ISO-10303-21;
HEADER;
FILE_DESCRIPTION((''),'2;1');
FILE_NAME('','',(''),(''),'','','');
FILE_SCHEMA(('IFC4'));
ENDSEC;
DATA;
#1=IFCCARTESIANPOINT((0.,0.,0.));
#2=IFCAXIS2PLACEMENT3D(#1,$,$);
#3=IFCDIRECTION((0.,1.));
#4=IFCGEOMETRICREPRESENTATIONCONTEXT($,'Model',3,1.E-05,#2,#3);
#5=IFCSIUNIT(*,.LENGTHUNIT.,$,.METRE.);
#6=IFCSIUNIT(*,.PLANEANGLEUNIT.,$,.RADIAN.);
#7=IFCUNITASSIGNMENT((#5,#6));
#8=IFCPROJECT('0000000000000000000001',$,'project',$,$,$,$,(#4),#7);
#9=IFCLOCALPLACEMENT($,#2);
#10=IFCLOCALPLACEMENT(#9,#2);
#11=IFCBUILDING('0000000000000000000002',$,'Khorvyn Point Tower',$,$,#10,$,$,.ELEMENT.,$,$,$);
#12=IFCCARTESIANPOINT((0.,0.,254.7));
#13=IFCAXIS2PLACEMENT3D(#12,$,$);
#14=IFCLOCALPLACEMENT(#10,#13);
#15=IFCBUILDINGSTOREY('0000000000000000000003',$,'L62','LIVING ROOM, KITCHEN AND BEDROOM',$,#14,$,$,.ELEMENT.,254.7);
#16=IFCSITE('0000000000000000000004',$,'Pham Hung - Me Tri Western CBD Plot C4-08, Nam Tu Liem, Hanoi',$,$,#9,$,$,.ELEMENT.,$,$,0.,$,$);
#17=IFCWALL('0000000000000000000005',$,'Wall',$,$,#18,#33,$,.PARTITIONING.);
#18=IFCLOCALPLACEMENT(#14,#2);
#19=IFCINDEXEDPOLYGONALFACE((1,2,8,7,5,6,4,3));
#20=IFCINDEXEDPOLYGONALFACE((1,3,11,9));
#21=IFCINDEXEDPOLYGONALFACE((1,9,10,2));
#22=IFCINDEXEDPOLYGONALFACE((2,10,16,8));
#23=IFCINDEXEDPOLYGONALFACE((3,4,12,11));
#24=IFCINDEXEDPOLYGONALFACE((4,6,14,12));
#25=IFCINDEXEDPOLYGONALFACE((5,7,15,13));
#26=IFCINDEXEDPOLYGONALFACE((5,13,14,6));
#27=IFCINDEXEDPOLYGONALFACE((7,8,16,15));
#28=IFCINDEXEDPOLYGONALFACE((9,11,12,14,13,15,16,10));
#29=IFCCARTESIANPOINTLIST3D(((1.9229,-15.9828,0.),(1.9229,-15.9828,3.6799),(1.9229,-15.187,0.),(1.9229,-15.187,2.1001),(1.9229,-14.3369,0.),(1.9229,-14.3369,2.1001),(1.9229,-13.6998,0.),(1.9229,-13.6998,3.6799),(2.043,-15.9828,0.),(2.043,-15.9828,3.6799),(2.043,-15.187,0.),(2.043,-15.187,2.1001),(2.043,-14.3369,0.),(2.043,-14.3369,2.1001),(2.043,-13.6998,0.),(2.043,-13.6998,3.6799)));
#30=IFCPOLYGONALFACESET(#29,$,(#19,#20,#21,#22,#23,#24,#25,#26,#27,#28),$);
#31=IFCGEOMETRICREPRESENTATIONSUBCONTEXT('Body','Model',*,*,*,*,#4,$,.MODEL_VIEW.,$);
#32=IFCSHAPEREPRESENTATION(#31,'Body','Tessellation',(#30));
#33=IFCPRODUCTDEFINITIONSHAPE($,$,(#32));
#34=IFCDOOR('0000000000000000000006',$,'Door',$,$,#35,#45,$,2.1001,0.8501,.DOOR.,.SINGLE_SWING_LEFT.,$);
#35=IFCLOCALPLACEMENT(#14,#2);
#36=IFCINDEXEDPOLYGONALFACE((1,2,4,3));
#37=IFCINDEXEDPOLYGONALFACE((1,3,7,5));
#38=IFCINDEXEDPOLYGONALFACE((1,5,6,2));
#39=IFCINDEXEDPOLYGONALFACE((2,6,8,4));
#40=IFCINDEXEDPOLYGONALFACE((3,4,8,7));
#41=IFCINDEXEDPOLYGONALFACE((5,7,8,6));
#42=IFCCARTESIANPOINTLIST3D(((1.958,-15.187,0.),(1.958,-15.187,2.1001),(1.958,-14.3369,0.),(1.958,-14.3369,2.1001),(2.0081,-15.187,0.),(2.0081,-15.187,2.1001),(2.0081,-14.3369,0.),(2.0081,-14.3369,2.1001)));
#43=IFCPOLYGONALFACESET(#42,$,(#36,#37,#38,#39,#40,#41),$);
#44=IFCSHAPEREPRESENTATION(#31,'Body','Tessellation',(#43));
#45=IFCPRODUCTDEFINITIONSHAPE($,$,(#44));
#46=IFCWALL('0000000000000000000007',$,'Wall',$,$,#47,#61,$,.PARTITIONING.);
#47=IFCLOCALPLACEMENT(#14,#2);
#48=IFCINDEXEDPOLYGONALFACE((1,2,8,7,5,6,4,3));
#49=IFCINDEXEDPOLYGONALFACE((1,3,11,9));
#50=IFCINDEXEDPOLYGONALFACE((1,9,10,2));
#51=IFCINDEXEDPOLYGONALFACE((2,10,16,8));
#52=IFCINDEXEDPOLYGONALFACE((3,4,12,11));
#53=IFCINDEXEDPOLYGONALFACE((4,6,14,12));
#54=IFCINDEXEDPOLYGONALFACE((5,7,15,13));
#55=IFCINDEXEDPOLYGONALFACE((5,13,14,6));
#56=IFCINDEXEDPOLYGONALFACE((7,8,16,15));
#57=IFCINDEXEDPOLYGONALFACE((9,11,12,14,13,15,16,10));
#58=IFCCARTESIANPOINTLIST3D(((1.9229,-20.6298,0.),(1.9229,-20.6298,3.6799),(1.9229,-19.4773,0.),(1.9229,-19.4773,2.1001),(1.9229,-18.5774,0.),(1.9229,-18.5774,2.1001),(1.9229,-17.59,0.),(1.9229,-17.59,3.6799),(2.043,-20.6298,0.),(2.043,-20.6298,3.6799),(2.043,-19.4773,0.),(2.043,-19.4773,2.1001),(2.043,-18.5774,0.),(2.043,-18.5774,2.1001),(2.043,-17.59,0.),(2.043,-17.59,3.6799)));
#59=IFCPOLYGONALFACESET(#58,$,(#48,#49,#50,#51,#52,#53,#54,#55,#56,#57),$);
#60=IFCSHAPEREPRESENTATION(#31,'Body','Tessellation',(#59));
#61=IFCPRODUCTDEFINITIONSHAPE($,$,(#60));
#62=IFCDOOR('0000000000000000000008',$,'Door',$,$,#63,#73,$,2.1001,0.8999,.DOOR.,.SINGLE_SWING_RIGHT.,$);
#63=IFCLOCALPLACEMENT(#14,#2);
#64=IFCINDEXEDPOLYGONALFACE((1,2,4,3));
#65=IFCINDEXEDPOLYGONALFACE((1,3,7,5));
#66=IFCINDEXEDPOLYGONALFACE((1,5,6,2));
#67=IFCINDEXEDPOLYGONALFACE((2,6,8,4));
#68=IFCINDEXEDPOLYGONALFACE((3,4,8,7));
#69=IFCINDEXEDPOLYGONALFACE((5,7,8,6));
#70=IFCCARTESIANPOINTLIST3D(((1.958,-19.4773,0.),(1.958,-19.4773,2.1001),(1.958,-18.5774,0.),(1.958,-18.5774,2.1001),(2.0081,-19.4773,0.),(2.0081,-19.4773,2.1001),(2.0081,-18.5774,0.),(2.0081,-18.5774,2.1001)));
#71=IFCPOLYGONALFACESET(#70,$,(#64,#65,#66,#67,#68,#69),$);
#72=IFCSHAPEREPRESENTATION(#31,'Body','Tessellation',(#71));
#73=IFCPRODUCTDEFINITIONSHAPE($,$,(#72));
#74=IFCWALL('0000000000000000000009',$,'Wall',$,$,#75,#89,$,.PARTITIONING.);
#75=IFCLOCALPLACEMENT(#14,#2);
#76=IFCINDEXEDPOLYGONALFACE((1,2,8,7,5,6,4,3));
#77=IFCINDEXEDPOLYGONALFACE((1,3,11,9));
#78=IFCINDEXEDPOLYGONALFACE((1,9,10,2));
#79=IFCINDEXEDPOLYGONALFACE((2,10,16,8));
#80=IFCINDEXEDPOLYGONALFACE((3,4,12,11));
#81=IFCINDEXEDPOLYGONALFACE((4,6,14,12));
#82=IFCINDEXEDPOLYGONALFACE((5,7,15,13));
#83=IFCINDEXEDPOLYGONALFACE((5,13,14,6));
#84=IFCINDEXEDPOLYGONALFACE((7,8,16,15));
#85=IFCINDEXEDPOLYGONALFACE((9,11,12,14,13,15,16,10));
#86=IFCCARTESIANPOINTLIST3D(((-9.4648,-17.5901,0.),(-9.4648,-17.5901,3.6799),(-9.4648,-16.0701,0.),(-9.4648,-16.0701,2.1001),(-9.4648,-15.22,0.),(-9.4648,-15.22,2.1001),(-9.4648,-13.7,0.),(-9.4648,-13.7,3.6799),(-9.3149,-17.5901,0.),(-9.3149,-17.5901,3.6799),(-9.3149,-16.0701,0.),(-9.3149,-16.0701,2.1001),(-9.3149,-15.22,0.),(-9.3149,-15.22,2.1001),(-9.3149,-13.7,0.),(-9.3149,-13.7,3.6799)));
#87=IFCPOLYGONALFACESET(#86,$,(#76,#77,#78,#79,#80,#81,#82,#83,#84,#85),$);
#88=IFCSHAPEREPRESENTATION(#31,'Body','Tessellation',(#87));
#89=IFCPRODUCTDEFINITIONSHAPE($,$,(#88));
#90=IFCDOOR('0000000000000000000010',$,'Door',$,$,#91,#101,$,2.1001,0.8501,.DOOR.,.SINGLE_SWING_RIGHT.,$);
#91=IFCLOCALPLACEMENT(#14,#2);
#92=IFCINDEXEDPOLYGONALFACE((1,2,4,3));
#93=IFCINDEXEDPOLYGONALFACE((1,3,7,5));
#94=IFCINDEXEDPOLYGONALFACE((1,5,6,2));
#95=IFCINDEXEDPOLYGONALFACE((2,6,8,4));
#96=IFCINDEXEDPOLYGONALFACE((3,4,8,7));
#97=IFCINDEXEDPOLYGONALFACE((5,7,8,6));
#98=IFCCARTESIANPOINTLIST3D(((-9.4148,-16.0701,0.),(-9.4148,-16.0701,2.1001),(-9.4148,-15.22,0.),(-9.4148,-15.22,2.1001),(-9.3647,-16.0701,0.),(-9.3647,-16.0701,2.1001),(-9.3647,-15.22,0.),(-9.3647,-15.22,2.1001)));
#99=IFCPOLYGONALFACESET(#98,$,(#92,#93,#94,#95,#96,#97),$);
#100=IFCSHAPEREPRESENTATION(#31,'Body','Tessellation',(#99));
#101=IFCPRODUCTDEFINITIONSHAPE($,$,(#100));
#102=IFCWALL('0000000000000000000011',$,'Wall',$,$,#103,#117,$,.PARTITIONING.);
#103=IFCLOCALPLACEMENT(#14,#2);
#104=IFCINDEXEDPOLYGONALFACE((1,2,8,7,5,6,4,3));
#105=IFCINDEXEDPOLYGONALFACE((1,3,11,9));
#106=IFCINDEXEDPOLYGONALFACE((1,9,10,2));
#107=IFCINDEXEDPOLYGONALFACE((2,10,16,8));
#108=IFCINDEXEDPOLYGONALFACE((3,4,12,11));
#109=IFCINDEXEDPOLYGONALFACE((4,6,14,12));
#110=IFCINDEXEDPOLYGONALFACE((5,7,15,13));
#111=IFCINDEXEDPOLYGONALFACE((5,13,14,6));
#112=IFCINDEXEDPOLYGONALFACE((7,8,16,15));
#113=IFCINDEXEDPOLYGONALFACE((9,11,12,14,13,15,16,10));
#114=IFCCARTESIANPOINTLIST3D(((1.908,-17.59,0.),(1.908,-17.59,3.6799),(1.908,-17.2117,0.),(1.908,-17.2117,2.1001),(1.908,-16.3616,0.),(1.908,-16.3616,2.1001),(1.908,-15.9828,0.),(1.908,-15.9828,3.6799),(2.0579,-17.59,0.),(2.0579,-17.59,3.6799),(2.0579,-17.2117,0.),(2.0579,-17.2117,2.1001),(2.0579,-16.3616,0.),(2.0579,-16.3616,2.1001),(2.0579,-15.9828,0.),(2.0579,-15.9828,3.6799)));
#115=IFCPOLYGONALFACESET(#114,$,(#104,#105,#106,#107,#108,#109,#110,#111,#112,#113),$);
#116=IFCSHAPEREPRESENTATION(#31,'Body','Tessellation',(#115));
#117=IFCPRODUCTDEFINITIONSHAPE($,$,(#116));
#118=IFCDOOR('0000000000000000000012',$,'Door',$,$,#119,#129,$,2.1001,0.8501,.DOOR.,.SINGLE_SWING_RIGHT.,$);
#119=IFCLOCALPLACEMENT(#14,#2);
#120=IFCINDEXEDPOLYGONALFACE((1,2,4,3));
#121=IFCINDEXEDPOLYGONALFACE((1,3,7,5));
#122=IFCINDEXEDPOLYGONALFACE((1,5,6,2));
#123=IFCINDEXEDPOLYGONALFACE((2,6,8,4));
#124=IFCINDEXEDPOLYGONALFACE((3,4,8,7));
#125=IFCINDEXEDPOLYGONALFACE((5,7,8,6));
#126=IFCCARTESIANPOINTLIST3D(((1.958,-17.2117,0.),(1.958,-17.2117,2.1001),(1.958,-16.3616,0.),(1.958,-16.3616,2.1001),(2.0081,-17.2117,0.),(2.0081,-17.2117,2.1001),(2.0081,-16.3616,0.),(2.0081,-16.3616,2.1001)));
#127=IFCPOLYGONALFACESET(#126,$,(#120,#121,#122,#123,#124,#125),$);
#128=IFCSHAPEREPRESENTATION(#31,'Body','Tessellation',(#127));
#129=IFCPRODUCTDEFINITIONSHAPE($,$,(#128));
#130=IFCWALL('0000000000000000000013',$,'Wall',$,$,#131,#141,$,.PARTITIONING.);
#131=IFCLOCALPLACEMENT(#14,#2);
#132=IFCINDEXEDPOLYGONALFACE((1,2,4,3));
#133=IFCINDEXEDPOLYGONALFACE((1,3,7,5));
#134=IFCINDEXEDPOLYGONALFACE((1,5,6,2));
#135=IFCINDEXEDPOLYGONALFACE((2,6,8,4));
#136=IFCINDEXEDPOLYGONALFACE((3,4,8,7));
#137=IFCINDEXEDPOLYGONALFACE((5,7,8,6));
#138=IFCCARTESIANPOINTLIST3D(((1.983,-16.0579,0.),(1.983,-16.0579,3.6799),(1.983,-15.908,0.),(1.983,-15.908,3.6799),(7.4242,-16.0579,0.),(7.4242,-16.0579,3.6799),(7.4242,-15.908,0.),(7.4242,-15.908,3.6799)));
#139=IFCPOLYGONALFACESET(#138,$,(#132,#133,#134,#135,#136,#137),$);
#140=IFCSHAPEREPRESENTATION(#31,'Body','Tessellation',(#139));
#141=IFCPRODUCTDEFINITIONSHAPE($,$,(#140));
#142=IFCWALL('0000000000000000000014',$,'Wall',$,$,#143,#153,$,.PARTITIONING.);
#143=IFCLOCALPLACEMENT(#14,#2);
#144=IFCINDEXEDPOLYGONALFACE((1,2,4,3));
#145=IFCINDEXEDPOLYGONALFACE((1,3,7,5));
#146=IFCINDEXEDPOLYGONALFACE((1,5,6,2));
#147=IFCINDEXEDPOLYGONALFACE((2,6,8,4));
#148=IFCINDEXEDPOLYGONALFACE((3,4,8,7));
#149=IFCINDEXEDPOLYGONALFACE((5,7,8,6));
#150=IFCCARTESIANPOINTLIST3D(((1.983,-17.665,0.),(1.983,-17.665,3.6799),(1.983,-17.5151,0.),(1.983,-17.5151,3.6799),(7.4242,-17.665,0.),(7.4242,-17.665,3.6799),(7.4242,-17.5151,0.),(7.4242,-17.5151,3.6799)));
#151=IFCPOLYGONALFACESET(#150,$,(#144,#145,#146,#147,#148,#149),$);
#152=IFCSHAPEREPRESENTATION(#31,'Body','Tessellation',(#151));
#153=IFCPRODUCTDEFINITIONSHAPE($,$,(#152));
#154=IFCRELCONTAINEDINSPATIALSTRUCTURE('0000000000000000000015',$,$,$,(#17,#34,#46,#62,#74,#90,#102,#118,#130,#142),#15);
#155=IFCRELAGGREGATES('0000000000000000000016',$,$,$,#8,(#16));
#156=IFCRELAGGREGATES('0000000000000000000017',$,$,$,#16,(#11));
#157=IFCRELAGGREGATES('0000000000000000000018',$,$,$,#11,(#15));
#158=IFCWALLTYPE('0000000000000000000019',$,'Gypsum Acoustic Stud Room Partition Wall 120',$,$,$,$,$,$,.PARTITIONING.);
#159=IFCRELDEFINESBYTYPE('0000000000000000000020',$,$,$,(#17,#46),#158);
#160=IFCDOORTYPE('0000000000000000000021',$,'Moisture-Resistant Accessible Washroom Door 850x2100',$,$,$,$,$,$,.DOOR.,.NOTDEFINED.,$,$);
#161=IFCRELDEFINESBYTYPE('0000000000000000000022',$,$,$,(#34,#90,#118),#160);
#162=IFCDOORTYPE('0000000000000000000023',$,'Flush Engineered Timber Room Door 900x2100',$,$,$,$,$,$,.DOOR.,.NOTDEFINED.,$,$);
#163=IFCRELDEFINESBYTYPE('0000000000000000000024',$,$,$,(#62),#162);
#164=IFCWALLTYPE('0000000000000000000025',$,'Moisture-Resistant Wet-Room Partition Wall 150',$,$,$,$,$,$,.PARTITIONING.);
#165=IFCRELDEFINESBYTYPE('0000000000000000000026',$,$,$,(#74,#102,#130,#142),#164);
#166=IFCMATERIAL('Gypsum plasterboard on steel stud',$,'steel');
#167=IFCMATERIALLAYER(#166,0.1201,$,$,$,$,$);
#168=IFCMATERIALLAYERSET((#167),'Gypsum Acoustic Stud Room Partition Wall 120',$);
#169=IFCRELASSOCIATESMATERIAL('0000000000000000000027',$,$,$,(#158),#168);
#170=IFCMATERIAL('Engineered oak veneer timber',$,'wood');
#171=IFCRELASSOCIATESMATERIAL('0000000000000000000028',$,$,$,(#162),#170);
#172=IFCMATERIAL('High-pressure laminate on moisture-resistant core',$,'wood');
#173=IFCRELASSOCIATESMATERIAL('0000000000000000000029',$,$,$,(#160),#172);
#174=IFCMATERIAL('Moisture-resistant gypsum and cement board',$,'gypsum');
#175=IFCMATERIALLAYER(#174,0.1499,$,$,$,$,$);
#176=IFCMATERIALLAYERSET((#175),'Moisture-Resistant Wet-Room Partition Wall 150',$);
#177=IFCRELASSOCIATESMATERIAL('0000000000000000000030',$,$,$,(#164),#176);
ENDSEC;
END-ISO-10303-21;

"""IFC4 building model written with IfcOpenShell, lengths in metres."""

from ifc_helpers import new_model, si_unit, direction, frame, frame_2d, origin, place, context, subcontext, project, spatial, rectangle, extrude, material, layer, layer_set, type_object, element, fill, save


model = new_model("IFC4")

# Units and contexts
model_context = context("Model", 3, precision=1e-05, world=origin(), true_north=direction((0.0, 1.0)))
body_context = subcontext(model_context, "Body", "Model", "MODEL_VIEW")
ifc_project = project(units=[si_unit("LENGTHUNIT", "METRE"), si_unit("PLANEANGLEUNIT", "RADIAN")], contexts=[model_context])

# Site, building, storey
site_placement = place(None, origin())
site = spatial("IfcSite", under=ifc_project, at=site_placement, Name="Pham Hung - Me Tri Western CBD Plot C4-08, Nam Tu Liem, Hanoi", CompositionType="ELEMENT", RefElevation=0.0)
building_placement = place(site_placement, origin())
building = spatial("IfcBuilding", under=site, at=building_placement, Name="Khorvyn Point Tower", CompositionType="ELEMENT")
storey_placement = place(building_placement, frame((0.0, 0.0, 254.7)))
storey = spatial("IfcBuildingStorey", under=building, at=storey_placement, Name="L62", Description="LIVING ROOM, KITCHEN AND BEDROOM", CompositionType="ELEMENT", Elevation=254.7)

# Walls, openings, doors
ifc_material_1 = material(Name="Gypsum plasterboard on steel stud", Category="steel")
ifc_layer_1 = layer(ifc_material_1, 0.1201)
ifc_layer_set_1 = layer_set([ifc_layer_1], Name="Gypsum Acoustic Stud Room Partition Wall 120")
wall_type_1 = type_object("IfcWallType", Name="Gypsum Acoustic Stud Room Partition Wall 120", PredefinedType="PARTITIONING", material=ifc_layer_set_1)
ifc_material_2 = material(Name="Engineered oak veneer timber", Category="wood")
door_type_1 = type_object("IfcDoorType", Name="Flush Engineered Timber Room Door 900x2100", OperationType="NOTDEFINED", PredefinedType="DOOR", material=ifc_material_2)
wall_1_placement = place(storey_placement, frame((1.9829, -15.9829, 0.0), z_axis=(0.0, 0.0, 1.0), x_axis=(0.0, 1.0, 0.0)))
wall_1 = element("IfcWall", 1, at=wall_1_placement, inside=storey, type_object=wall_type_1, Name="Wall", PredefinedType="PARTITIONING", context=body_context, shape_type="SweptSolid", body=[
    extrude(rectangle(XDim=2.283, YDim=0.1201, at=frame_2d((1.1416, 0.0))), origin(), (0.0, 0.0, 1.0), 3.6799),
])
opening_1_placement = place(wall_1_placement, frame((0.7959, 0.0, 0.0)))
opening_1 = element("IfcOpeningElement", 2, at=opening_1_placement, cuts=wall_1, PredefinedType="OPENING", context=body_context, shape_type="SweptSolid", body=[
    extrude(rectangle(XDim=0.8501, YDim=2.1001, at=frame_2d((0.425, 1.05))), frame((0.0, 0.0701, 0.0), z_axis=(0.0, -1.0, 0.0), x_axis=(1.0, 0.0, 0.0)), (0.0, 0.0, 1.0), 0.1401),
])
ifc_material_3 = material(Name="High-pressure laminate on moisture-resistant core", Category="wood")
door_type_2 = type_object("IfcDoorType", Name="Moisture-Resistant Accessible Washroom Door 850x2100", OperationType="NOTDEFINED", PredefinedType="DOOR", material=ifc_material_3)
door_1_placement = place(opening_1_placement, origin())
door_1 = element("IfcDoor", 3, at=door_1_placement, inside=storey, type_object=door_type_2, Name="Door", OperationType="SINGLE_SWING_LEFT", OverallHeight=2.1001, OverallWidth=0.8501, PredefinedType="DOOR", context=body_context, shape_type="SweptSolid", body=[
    extrude(rectangle(XDim=0.8501, YDim=2.1001, at=frame_2d((0.425, 1.05))), frame((0.0, 0.0249, 0.0), z_axis=(0.0, -1.0, 0.0), x_axis=(1.0, 0.0, 0.0)), (0.0, 0.0, 1.0), 0.05),
])
fill(opening_1, door_1)
wall_2_placement = place(storey_placement, frame((1.9829, -20.6299, 0.0), z_axis=(0.0, 0.0, 1.0), x_axis=(0.0, 1.0, 0.0)))
wall_2 = element("IfcWall", 4, at=wall_2_placement, inside=storey, type_object=wall_type_1, Name="Wall", PredefinedType="PARTITIONING", context=body_context, shape_type="SweptSolid", body=[
    extrude(rectangle(XDim=3.0398, YDim=0.1201, at=frame_2d((1.52, 0.0))), origin(), (0.0, 0.0, 1.0), 3.6799),
])
opening_2_placement = place(wall_2_placement, frame((1.1526, 0.0, 0.0)))
opening_2 = element("IfcOpeningElement", 5, at=opening_2_placement, cuts=wall_2, PredefinedType="OPENING", context=body_context, shape_type="SweptSolid", body=[
    extrude(rectangle(XDim=0.8999, YDim=2.1001, at=frame_2d((0.45, 1.05))), frame((0.0, 0.0701, 0.0), z_axis=(0.0, -1.0, 0.0), x_axis=(1.0, 0.0, 0.0)), (0.0, 0.0, 1.0), 0.1401),
])
door_2_placement = place(opening_2_placement, origin())
door_2 = element("IfcDoor", 6, at=door_2_placement, inside=storey, type_object=door_type_1, Name="Door", OperationType="SINGLE_SWING_RIGHT", OverallHeight=2.1001, OverallWidth=0.8999, PredefinedType="DOOR", context=body_context, shape_type="SweptSolid", body=[
    extrude(rectangle(XDim=0.8999, YDim=2.1001, at=frame_2d((0.45, 1.05))), frame((0.0, 0.0249, 0.0), z_axis=(0.0, -1.0, 0.0), x_axis=(1.0, 0.0, 0.0)), (0.0, 0.0, 1.0), 0.05),
])
fill(opening_2, door_2)
ifc_material_4 = material(Name="Moisture-resistant gypsum and cement board", Category="gypsum")
ifc_layer_2 = layer(ifc_material_4, 0.1499)
ifc_layer_set_2 = layer_set([ifc_layer_2], Name="Moisture-Resistant Wet-Room Partition Wall 150")
wall_type_2 = type_object("IfcWallType", Name="Moisture-Resistant Wet-Room Partition Wall 150", PredefinedType="PARTITIONING", material=ifc_layer_set_2)
wall_3_placement = place(storey_placement, frame((-9.3899, -17.5901, 0.0), z_axis=(0.0, 0.0, 1.0), x_axis=(0.0, 1.0, 0.0)))
wall_3 = element("IfcWall", 7, at=wall_3_placement, inside=storey, type_object=wall_type_2, Name="Wall", PredefinedType="PARTITIONING", context=body_context, shape_type="SweptSolid", body=[
    extrude(rectangle(XDim=3.8901, YDim=0.1499, at=frame_2d((1.9451, 0.0))), origin(), (0.0, 0.0, 1.0), 3.6799),
])
opening_3_placement = place(wall_3_placement, frame((1.52, 0.0, 0.0)))
opening_3 = element("IfcOpeningElement", 8, at=opening_3_placement, cuts=wall_3, PredefinedType="OPENING", context=body_context, shape_type="SweptSolid", body=[
    extrude(rectangle(XDim=0.8501, YDim=2.1001, at=frame_2d((0.425, 1.05))), frame((0.0, 0.085, 0.0), z_axis=(0.0, -1.0, 0.0), x_axis=(1.0, 0.0, 0.0)), (0.0, 0.0, 1.0), 0.1699),
])
door_3_placement = place(opening_3_placement, origin())
door_3 = element("IfcDoor", 9, at=door_3_placement, inside=storey, type_object=door_type_2, Name="Door", OperationType="SINGLE_SWING_RIGHT", OverallHeight=2.1001, OverallWidth=0.8501, PredefinedType="DOOR", context=body_context, shape_type="SweptSolid", body=[
    extrude(rectangle(XDim=0.8501, YDim=2.1001, at=frame_2d((0.425, 1.05))), frame((0.0, 0.0249, 0.0), z_axis=(0.0, -1.0, 0.0), x_axis=(1.0, 0.0, 0.0)), (0.0, 0.0, 1.0), 0.05),
])
fill(opening_3, door_3)
wall_4_placement = place(storey_placement, frame((1.9829, -17.5901, 0.0), z_axis=(0.0, 0.0, 1.0), x_axis=(0.0, 1.0, 0.0)))
wall_4 = element("IfcWall", 10, at=wall_4_placement, inside=storey, type_object=wall_type_2, Name="Wall", PredefinedType="PARTITIONING", context=body_context, shape_type="SweptSolid", body=[
    extrude(rectangle(XDim=1.6072, YDim=0.1499, at=frame_2d((0.8037, 0.0))), origin(), (0.0, 0.0, 1.0), 3.6799),
])
opening_4_placement = place(wall_4_placement, frame((0.3784, 0.0, 0.0)))
opening_4 = element("IfcOpeningElement", 11, at=opening_4_placement, cuts=wall_4, PredefinedType="OPENING", context=body_context, shape_type="SweptSolid", body=[
    extrude(rectangle(XDim=0.8501, YDim=2.1001, at=frame_2d((0.425, 1.05))), frame((0.0, 0.085, 0.0), z_axis=(0.0, -1.0, 0.0), x_axis=(1.0, 0.0, 0.0)), (0.0, 0.0, 1.0), 0.1699),
])
door_4_placement = place(opening_4_placement, origin())
door_4 = element("IfcDoor", 12, at=door_4_placement, inside=storey, type_object=door_type_2, Name="Door", OperationType="SINGLE_SWING_RIGHT", OverallHeight=2.1001, OverallWidth=0.8501, PredefinedType="DOOR", context=body_context, shape_type="SweptSolid", body=[
    extrude(rectangle(XDim=0.8501, YDim=2.1001, at=frame_2d((0.425, 1.05))), frame((0.0, 0.0249, 0.0), z_axis=(0.0, -1.0, 0.0), x_axis=(1.0, 0.0, 0.0)), (0.0, 0.0, 1.0), 0.05),
])
fill(opening_4, door_4)

# Walls
for number, where, z_axis, x_axis, name in (
    (13, (1.9829, -15.9829, 0.0), (0.0, 0.0, 1.0), (1.0, 0.0, 0.0), "Wall"),
    (14, (1.9829, -17.5901, 0.0), (0.0, 0.0, 1.0), (1.0, 0.0, 0.0), "Wall"),
):
    element("IfcWall", number, at=place(storey_placement, frame(where, z_axis=z_axis, x_axis=x_axis)), inside=storey, type_object=wall_type_2, Name=name, PredefinedType="PARTITIONING", context=body_context, shape_type="SweptSolid", body=[
        extrude(rectangle(XDim=5.4412, YDim=0.1499, at=frame_2d((2.7207, 0.0))), origin(), (0.0, 0.0, 1.0), 3.6799),
    ])

save(model, "model.ifc")
